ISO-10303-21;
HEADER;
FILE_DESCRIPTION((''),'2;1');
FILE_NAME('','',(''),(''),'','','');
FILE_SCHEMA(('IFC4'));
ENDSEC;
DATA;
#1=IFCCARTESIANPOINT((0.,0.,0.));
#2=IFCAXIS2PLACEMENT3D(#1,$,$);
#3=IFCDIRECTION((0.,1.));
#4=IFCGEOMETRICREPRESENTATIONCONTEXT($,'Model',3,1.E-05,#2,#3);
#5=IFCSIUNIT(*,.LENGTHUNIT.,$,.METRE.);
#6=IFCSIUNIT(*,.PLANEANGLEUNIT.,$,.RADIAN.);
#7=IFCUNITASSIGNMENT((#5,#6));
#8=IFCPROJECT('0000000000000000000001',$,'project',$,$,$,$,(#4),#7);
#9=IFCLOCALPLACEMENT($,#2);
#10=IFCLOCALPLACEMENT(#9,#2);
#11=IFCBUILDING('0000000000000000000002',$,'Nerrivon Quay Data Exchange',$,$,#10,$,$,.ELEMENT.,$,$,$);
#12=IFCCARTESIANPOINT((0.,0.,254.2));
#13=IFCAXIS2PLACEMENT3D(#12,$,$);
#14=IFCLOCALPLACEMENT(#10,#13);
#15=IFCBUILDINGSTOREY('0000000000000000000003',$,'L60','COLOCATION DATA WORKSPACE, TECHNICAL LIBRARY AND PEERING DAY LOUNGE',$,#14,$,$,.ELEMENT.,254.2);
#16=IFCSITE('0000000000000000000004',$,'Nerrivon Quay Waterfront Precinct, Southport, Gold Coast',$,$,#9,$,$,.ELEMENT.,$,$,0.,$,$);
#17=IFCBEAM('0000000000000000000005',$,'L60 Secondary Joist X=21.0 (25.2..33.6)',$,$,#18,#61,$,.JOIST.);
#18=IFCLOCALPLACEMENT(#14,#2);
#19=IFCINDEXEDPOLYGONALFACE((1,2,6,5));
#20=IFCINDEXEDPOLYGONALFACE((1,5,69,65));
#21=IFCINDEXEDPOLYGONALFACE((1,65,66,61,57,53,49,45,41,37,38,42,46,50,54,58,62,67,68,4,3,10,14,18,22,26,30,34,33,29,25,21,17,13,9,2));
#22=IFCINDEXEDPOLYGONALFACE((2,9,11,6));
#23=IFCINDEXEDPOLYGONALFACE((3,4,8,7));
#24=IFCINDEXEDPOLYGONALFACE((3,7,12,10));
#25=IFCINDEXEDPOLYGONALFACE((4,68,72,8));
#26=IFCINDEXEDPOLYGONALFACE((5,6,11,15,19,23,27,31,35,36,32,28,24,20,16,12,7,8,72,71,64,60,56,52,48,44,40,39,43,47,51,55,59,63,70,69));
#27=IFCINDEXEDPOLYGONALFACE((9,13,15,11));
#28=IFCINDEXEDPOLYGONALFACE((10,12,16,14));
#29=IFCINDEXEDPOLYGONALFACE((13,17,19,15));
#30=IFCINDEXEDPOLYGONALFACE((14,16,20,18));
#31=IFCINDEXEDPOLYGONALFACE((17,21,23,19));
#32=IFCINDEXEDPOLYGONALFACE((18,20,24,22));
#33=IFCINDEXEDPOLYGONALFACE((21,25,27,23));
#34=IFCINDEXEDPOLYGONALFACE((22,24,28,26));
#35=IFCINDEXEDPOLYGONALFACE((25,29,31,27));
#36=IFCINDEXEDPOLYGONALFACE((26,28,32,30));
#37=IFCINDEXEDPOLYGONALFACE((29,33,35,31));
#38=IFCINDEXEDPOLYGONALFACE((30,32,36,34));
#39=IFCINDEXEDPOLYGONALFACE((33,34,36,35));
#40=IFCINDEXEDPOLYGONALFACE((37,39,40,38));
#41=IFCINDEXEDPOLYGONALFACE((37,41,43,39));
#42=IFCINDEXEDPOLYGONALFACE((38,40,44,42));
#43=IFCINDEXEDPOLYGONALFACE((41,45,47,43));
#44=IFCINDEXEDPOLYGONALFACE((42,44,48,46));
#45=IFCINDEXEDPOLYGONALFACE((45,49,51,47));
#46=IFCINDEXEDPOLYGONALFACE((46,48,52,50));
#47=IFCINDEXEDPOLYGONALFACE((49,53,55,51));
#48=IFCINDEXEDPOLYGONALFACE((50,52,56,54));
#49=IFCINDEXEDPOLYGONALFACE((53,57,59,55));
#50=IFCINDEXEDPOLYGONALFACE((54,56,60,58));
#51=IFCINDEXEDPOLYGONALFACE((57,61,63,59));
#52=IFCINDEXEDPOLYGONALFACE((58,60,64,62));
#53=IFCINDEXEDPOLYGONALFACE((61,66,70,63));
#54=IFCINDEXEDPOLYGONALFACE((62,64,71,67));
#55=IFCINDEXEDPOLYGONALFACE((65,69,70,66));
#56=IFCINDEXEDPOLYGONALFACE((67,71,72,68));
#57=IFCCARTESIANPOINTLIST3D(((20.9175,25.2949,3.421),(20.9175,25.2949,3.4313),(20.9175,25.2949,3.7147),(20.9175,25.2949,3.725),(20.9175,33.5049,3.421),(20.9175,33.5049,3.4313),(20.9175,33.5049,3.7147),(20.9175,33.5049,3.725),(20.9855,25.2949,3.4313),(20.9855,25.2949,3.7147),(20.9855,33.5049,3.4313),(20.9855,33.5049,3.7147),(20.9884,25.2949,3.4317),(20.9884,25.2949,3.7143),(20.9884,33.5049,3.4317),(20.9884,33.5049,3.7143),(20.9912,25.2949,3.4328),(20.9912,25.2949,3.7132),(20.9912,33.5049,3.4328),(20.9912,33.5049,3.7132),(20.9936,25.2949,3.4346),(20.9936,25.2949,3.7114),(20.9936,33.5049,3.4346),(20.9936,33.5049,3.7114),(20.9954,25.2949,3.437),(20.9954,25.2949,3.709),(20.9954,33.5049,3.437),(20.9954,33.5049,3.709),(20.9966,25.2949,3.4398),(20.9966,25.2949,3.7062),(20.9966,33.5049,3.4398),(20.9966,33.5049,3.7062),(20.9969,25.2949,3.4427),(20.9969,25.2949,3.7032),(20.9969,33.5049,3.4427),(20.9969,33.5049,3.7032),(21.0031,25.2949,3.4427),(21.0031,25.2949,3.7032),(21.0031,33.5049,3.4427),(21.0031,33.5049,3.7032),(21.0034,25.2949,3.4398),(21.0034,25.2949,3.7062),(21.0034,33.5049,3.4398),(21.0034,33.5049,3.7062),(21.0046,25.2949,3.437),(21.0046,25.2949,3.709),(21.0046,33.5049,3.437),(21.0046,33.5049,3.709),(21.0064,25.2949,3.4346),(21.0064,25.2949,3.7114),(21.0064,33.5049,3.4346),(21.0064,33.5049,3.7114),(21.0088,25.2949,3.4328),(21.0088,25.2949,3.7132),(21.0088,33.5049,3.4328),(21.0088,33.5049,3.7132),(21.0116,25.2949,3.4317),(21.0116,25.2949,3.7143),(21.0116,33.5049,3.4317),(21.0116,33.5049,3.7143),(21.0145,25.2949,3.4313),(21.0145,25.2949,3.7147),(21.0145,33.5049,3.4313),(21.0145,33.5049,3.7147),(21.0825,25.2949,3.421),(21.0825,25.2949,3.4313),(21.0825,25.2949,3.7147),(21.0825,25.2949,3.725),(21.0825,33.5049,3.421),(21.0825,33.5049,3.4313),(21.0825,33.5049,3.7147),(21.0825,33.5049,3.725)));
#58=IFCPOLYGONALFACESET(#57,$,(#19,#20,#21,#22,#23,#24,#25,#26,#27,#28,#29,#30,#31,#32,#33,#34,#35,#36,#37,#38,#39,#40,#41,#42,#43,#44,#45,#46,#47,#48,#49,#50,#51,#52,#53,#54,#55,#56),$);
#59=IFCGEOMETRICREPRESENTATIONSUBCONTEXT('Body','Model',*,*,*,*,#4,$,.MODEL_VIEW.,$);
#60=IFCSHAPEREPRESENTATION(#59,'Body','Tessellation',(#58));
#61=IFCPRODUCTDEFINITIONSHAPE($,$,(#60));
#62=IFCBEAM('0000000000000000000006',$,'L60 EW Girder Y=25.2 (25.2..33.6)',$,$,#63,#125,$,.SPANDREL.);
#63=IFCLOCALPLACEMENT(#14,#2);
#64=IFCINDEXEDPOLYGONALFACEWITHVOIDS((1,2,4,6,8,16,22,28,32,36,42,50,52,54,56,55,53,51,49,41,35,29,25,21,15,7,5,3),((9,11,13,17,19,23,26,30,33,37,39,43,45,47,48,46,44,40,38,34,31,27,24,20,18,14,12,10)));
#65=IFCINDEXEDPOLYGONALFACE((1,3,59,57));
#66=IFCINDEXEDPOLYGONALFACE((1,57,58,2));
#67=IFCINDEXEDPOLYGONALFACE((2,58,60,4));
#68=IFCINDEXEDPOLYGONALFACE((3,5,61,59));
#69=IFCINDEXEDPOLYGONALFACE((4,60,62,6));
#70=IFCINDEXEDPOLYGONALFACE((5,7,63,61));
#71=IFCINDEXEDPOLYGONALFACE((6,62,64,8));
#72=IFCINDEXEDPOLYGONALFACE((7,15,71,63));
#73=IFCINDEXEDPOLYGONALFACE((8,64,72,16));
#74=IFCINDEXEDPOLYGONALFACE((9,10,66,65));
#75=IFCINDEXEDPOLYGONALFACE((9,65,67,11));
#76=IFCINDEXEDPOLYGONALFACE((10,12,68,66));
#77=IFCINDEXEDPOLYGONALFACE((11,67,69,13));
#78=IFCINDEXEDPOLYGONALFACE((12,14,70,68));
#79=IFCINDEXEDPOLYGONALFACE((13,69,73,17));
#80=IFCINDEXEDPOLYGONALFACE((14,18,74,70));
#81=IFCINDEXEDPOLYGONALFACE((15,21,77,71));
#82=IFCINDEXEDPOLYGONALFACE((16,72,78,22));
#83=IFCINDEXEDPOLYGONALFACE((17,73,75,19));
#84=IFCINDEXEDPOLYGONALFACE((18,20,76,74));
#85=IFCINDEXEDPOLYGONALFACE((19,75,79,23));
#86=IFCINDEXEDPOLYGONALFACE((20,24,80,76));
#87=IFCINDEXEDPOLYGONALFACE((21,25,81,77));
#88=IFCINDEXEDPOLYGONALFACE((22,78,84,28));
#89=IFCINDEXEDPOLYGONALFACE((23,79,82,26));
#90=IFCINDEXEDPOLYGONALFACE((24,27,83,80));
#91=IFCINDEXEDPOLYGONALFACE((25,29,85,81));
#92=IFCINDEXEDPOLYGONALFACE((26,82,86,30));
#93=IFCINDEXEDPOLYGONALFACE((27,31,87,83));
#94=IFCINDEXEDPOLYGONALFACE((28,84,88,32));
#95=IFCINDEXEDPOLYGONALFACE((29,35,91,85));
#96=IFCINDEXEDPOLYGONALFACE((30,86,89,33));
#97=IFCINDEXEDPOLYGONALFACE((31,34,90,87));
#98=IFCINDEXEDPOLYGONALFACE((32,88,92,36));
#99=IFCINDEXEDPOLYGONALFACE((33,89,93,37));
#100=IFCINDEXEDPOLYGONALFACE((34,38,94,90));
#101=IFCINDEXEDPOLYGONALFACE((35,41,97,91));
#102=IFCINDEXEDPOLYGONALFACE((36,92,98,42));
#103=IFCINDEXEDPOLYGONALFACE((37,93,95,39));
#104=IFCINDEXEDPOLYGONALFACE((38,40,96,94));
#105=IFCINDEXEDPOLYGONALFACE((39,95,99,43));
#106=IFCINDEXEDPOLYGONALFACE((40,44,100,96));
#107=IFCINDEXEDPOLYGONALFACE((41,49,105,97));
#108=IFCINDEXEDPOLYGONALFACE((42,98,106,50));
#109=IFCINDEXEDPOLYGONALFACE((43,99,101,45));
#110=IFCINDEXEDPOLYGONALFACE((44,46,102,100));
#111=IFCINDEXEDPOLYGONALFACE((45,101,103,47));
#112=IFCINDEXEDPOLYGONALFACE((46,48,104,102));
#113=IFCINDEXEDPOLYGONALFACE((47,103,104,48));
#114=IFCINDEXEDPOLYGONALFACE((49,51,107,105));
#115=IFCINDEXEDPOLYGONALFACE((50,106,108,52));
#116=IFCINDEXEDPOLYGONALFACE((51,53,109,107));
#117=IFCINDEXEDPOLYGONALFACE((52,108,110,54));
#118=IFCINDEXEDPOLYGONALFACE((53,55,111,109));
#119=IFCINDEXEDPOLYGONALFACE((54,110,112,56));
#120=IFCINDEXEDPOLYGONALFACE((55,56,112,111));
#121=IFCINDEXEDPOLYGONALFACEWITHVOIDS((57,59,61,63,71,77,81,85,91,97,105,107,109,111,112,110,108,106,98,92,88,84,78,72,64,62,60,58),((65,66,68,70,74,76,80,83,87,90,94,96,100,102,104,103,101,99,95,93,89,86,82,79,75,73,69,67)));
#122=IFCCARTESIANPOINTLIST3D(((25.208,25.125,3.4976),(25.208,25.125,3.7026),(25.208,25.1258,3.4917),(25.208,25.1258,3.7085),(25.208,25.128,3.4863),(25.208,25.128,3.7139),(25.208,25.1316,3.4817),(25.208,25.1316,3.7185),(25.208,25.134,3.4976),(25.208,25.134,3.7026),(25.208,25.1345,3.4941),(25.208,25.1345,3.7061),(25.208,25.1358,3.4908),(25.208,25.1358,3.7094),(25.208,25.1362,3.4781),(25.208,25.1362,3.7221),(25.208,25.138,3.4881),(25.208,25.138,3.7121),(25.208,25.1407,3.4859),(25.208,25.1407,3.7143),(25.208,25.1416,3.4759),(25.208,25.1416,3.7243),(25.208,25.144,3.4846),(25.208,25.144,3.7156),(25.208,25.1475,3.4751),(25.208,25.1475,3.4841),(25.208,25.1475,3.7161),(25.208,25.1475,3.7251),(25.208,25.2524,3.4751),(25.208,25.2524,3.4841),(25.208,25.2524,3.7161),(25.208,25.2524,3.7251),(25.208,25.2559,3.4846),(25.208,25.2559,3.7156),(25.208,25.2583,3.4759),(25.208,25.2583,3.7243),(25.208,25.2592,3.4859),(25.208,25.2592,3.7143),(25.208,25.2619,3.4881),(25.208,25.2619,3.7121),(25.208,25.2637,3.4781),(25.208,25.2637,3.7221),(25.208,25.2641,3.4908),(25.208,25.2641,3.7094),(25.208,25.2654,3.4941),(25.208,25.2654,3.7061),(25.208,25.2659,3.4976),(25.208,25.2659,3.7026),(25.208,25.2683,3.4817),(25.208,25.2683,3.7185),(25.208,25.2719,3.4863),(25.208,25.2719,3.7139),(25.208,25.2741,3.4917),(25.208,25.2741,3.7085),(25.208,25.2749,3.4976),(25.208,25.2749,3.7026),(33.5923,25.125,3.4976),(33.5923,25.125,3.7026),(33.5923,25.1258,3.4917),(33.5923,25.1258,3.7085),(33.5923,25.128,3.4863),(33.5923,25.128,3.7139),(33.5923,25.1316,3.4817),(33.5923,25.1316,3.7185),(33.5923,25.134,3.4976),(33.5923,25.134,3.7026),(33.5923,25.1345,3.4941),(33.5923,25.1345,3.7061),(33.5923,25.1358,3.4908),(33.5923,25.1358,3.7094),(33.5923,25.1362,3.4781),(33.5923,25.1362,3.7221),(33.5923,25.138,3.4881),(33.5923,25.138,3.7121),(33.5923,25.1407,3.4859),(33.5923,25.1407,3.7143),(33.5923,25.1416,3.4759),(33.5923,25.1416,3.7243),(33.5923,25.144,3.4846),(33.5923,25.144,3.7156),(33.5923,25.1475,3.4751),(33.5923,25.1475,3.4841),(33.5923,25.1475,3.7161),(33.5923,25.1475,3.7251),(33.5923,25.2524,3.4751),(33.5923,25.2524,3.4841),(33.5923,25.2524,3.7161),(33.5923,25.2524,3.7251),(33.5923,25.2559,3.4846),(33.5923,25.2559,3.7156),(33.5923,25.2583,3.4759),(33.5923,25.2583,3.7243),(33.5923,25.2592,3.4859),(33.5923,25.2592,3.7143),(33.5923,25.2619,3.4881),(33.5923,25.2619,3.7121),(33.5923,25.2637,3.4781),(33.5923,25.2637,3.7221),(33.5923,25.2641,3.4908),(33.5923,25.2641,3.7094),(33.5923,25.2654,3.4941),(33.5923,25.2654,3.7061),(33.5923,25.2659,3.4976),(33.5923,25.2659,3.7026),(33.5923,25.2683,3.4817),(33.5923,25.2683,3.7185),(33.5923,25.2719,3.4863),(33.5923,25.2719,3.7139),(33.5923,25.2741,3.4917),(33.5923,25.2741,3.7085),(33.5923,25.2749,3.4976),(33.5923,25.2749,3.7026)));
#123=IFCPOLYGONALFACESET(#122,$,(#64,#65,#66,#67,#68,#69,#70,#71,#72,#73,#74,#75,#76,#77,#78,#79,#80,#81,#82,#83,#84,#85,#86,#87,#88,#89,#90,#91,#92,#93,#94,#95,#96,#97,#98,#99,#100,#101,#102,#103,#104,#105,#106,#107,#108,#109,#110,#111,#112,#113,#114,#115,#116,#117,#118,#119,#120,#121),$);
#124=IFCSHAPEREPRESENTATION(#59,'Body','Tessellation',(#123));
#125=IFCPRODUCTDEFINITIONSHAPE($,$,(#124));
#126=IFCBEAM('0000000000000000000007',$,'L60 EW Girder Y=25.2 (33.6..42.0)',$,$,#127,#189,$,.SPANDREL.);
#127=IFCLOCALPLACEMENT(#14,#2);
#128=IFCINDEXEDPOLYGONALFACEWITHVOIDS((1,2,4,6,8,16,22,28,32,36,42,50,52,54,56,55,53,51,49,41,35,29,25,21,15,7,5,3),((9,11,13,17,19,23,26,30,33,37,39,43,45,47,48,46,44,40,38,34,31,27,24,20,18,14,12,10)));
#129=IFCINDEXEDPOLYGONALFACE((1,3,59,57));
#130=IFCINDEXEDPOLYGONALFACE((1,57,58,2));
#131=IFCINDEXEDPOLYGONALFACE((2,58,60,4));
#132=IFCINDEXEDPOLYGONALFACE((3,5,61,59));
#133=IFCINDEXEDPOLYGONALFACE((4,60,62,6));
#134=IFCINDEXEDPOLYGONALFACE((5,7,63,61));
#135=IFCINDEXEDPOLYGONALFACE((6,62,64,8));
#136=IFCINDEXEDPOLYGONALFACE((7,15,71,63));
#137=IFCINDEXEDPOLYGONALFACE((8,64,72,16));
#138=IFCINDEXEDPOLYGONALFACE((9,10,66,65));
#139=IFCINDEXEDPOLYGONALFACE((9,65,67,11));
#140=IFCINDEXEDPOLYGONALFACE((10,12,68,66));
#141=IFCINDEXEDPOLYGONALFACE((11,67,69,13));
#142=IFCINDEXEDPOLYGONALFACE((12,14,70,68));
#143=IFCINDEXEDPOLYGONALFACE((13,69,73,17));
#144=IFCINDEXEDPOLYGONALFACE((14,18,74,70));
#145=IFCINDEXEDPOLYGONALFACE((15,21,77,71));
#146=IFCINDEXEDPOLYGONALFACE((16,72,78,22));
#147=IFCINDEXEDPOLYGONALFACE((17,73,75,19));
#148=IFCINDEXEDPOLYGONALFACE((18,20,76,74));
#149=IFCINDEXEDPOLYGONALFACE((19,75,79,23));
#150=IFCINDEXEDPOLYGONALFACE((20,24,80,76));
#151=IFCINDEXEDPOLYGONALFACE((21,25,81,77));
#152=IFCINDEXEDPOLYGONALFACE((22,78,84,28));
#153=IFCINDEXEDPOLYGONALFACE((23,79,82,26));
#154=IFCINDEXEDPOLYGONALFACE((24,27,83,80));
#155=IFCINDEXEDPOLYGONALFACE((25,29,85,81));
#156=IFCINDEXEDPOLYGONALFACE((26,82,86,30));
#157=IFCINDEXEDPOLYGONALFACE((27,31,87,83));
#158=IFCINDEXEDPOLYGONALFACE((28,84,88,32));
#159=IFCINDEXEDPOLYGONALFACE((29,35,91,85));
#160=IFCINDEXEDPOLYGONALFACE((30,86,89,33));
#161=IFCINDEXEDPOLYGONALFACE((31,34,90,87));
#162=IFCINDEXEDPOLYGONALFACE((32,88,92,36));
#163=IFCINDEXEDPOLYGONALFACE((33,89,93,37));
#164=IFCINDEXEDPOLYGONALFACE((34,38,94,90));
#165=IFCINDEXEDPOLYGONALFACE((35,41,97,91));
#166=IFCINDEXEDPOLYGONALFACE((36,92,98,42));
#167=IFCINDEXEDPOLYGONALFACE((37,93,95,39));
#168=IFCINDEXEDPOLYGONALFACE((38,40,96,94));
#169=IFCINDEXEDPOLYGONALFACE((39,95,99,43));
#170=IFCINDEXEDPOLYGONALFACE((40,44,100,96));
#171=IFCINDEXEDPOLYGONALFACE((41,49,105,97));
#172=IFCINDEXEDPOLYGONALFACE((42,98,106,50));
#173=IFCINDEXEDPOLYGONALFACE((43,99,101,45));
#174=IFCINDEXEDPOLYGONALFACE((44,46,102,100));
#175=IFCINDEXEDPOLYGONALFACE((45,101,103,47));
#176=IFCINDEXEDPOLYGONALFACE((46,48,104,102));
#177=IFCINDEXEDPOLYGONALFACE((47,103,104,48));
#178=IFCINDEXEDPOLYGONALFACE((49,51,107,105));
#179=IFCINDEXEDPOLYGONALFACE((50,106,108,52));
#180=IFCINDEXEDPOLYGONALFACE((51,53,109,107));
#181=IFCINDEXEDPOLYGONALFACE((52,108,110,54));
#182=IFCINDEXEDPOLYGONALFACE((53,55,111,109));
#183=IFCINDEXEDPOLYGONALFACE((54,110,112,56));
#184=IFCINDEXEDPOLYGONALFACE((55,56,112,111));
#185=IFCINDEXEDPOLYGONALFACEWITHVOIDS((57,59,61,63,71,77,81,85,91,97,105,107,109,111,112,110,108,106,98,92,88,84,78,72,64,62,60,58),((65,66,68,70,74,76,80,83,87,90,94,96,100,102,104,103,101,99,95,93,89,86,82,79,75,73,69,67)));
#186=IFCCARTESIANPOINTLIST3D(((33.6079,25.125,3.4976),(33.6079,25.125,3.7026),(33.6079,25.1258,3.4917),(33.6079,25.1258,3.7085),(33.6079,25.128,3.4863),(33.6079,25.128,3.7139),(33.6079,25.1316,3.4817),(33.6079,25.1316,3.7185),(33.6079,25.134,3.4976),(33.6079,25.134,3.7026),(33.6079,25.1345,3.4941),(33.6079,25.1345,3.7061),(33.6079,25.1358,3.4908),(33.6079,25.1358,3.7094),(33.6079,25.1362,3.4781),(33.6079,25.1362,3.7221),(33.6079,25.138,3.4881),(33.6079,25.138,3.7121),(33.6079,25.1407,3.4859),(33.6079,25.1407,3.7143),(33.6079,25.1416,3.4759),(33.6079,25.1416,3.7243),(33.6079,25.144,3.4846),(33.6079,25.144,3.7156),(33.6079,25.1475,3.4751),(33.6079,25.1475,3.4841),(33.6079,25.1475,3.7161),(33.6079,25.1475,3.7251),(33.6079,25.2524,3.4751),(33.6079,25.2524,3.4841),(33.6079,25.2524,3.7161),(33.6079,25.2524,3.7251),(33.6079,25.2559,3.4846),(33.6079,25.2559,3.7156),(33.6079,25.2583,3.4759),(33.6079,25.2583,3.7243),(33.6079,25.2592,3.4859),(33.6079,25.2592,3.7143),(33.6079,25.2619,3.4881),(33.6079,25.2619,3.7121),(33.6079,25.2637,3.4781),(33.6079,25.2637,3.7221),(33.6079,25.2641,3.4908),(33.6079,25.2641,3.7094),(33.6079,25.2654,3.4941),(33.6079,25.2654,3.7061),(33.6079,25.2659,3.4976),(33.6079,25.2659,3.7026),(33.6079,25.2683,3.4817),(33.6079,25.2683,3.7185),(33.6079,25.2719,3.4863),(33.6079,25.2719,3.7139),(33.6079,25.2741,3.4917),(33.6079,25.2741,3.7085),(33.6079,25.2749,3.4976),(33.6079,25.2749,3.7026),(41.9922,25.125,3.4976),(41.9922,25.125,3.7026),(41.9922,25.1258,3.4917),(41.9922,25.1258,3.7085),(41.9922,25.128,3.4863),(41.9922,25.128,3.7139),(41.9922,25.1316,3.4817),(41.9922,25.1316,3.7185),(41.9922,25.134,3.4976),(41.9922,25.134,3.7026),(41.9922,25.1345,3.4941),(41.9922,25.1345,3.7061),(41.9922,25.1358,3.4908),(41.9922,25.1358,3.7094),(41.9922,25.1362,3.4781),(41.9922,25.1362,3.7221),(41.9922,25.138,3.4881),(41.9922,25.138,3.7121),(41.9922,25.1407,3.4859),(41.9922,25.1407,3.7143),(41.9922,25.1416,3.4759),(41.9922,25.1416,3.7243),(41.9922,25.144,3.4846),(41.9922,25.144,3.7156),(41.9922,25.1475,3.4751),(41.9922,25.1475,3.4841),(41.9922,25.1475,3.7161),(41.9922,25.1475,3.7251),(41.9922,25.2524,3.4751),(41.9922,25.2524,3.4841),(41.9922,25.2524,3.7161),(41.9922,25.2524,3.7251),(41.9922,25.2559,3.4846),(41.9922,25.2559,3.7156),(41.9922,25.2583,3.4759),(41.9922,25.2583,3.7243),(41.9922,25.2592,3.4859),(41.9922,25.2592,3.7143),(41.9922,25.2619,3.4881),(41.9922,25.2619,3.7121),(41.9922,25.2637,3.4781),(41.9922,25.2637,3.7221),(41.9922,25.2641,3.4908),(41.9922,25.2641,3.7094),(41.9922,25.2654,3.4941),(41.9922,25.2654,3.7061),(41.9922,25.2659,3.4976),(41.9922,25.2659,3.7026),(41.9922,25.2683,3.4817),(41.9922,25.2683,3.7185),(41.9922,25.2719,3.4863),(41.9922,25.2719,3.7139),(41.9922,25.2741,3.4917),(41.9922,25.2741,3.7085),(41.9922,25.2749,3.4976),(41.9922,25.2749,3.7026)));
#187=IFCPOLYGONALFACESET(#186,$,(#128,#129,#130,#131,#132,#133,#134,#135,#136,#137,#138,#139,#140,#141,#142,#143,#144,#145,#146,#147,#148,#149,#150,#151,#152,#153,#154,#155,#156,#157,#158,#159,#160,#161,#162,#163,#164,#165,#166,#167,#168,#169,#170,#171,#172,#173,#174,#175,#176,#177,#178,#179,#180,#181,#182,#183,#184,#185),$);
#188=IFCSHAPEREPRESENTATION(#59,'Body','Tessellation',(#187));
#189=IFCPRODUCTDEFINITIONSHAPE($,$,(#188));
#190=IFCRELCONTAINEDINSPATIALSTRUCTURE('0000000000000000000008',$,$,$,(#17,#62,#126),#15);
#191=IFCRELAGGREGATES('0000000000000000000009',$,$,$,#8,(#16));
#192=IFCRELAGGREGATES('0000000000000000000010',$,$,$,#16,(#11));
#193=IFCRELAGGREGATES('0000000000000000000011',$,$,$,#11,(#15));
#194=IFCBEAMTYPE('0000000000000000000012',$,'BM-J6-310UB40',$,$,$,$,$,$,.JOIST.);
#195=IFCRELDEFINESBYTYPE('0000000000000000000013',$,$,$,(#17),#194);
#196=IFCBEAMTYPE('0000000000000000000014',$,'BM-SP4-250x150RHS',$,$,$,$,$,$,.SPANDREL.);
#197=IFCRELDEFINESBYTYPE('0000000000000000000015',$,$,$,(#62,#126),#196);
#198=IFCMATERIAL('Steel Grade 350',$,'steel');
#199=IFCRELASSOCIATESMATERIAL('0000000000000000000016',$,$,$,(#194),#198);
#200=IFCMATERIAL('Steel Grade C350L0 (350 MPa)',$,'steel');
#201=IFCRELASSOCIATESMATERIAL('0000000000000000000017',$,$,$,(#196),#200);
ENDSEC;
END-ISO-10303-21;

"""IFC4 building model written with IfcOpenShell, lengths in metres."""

from ifc_helpers import new_model, si_unit, direction, frame, origin, origin_2d, place, context, subcontext, project, spatial, hollow_rectangle, i_section, extrude, material, material_profile, profile_set, type_object, element, save


model = new_model("IFC4")

# Units and contexts
model_context = context("Model", 3, precision=1e-05, world=origin(), true_north=direction((0.0, 1.0)))
body_context = subcontext(model_context, "Body", "Model", "MODEL_VIEW")
ifc_project = project(units=[si_unit("LENGTHUNIT", "METRE"), si_unit("PLANEANGLEUNIT", "RADIAN")], contexts=[model_context])

# Site, building, storey
site_placement = place(None, origin())
site = spatial("IfcSite", under=ifc_project, at=site_placement, Name="Nerrivon Quay Waterfront Precinct, Southport, Gold Coast", CompositionType="ELEMENT", RefElevation=0.0)
building_placement = place(site_placement, origin())
building = spatial("IfcBuilding", under=site, at=building_placement, Name="Nerrivon Quay Data Exchange", CompositionType="ELEMENT")
storey_placement = place(building_placement, frame((0.0, 0.0, 254.2)))
storey = spatial("IfcBuildingStorey", under=building, at=storey_placement, Name="L60", Description="COLOCATION DATA WORKSPACE, TECHNICAL LIBRARY AND PEERING DAY LOUNGE", CompositionType="ELEMENT", Elevation=254.2)

# Shared definitions
ifc_material_1 = material(Name="Steel Grade 350", Category="steel")

# Beams
ifc_material_profile_1 = material_profile(ifc_material_1, i_section(OverallWidth=0.165, OverallDepth=0.304, WebThickness=0.0061, FlangeThickness=0.0103, FilletRadius=0.0115, at=origin_2d()), Name="310UB40.4")
ifc_profile_set_1 = profile_set([ifc_material_profile_1], Name="Steel Grade 350")
beam_type_1 = type_object("IfcBeamType", Name="BM-J6-310UB40", PredefinedType="JOIST", material=ifc_profile_set_1)
beam_1_placement = place(storey_placement, frame((21.0, 25.2949, 3.573), z_axis=(0.0, 1.0, 0.0), x_axis=(-1.0, 0.0, 0.0)))
element("IfcBeam", 1, at=beam_1_placement, inside=storey, type_object=beam_type_1, Name="L60 Secondary Joist X=21.0 (25.2..33.6)", PredefinedType="JOIST", context=body_context, shape_type="SweptSolid", body=[
    extrude(i_section(OverallWidth=0.165, OverallDepth=0.304, WebThickness=0.0061, FlangeThickness=0.0103, FilletRadius=0.0115, at=origin_2d()), origin(), (0.0, 0.0, 1.0), 8.21),
])
ifc_material_2 = material(Name="Steel Grade C350L0 (350 MPa)", Category="steel")
ifc_material_profile_2 = material_profile(ifc_material_2, hollow_rectangle(XDim=0.1499, YDim=0.25, WallThickness=0.009, InnerFilletRadius=0.0134, OuterFilletRadius=0.0225, at=origin_2d()), Name="250x150x9.0RHS")
ifc_profile_set_2 = profile_set([ifc_material_profile_2], Name="Steel Grade C350L0 (350 MPa)")
beam_type_2 = type_object("IfcBeamType", Name="BM-SP4-250x150RHS", PredefinedType="SPANDREL", material=ifc_profile_set_2)
for number, where, z_axis, x_axis, name in (
    (2, (25.208, 25.2, 3.6001), (1.0, 0.0, 0.0), (0.0, 1.0, 0.0), "L60 EW Girder Y=25.2 (25.2..33.6)"),
    (3, (33.6079, 25.2, 3.6001), (1.0, 0.0, 0.0), (0.0, 1.0, 0.0), "L60 EW Girder Y=25.2 (33.6..42.0)"),
):
    element("IfcBeam", number, at=place(storey_placement, frame(where, z_axis=z_axis, x_axis=x_axis)), inside=storey, type_object=beam_type_2, Name=name, PredefinedType="SPANDREL", context=body_context, shape_type="SweptSolid", body=[
        extrude(hollow_rectangle(XDim=0.1499, YDim=0.25, WallThickness=0.009, InnerFilletRadius=0.0134, OuterFilletRadius=0.0225, at=origin_2d()), origin(), (0.0, 0.0, 1.0), 8.3843),
    ])

save(model, "model.ifc")
